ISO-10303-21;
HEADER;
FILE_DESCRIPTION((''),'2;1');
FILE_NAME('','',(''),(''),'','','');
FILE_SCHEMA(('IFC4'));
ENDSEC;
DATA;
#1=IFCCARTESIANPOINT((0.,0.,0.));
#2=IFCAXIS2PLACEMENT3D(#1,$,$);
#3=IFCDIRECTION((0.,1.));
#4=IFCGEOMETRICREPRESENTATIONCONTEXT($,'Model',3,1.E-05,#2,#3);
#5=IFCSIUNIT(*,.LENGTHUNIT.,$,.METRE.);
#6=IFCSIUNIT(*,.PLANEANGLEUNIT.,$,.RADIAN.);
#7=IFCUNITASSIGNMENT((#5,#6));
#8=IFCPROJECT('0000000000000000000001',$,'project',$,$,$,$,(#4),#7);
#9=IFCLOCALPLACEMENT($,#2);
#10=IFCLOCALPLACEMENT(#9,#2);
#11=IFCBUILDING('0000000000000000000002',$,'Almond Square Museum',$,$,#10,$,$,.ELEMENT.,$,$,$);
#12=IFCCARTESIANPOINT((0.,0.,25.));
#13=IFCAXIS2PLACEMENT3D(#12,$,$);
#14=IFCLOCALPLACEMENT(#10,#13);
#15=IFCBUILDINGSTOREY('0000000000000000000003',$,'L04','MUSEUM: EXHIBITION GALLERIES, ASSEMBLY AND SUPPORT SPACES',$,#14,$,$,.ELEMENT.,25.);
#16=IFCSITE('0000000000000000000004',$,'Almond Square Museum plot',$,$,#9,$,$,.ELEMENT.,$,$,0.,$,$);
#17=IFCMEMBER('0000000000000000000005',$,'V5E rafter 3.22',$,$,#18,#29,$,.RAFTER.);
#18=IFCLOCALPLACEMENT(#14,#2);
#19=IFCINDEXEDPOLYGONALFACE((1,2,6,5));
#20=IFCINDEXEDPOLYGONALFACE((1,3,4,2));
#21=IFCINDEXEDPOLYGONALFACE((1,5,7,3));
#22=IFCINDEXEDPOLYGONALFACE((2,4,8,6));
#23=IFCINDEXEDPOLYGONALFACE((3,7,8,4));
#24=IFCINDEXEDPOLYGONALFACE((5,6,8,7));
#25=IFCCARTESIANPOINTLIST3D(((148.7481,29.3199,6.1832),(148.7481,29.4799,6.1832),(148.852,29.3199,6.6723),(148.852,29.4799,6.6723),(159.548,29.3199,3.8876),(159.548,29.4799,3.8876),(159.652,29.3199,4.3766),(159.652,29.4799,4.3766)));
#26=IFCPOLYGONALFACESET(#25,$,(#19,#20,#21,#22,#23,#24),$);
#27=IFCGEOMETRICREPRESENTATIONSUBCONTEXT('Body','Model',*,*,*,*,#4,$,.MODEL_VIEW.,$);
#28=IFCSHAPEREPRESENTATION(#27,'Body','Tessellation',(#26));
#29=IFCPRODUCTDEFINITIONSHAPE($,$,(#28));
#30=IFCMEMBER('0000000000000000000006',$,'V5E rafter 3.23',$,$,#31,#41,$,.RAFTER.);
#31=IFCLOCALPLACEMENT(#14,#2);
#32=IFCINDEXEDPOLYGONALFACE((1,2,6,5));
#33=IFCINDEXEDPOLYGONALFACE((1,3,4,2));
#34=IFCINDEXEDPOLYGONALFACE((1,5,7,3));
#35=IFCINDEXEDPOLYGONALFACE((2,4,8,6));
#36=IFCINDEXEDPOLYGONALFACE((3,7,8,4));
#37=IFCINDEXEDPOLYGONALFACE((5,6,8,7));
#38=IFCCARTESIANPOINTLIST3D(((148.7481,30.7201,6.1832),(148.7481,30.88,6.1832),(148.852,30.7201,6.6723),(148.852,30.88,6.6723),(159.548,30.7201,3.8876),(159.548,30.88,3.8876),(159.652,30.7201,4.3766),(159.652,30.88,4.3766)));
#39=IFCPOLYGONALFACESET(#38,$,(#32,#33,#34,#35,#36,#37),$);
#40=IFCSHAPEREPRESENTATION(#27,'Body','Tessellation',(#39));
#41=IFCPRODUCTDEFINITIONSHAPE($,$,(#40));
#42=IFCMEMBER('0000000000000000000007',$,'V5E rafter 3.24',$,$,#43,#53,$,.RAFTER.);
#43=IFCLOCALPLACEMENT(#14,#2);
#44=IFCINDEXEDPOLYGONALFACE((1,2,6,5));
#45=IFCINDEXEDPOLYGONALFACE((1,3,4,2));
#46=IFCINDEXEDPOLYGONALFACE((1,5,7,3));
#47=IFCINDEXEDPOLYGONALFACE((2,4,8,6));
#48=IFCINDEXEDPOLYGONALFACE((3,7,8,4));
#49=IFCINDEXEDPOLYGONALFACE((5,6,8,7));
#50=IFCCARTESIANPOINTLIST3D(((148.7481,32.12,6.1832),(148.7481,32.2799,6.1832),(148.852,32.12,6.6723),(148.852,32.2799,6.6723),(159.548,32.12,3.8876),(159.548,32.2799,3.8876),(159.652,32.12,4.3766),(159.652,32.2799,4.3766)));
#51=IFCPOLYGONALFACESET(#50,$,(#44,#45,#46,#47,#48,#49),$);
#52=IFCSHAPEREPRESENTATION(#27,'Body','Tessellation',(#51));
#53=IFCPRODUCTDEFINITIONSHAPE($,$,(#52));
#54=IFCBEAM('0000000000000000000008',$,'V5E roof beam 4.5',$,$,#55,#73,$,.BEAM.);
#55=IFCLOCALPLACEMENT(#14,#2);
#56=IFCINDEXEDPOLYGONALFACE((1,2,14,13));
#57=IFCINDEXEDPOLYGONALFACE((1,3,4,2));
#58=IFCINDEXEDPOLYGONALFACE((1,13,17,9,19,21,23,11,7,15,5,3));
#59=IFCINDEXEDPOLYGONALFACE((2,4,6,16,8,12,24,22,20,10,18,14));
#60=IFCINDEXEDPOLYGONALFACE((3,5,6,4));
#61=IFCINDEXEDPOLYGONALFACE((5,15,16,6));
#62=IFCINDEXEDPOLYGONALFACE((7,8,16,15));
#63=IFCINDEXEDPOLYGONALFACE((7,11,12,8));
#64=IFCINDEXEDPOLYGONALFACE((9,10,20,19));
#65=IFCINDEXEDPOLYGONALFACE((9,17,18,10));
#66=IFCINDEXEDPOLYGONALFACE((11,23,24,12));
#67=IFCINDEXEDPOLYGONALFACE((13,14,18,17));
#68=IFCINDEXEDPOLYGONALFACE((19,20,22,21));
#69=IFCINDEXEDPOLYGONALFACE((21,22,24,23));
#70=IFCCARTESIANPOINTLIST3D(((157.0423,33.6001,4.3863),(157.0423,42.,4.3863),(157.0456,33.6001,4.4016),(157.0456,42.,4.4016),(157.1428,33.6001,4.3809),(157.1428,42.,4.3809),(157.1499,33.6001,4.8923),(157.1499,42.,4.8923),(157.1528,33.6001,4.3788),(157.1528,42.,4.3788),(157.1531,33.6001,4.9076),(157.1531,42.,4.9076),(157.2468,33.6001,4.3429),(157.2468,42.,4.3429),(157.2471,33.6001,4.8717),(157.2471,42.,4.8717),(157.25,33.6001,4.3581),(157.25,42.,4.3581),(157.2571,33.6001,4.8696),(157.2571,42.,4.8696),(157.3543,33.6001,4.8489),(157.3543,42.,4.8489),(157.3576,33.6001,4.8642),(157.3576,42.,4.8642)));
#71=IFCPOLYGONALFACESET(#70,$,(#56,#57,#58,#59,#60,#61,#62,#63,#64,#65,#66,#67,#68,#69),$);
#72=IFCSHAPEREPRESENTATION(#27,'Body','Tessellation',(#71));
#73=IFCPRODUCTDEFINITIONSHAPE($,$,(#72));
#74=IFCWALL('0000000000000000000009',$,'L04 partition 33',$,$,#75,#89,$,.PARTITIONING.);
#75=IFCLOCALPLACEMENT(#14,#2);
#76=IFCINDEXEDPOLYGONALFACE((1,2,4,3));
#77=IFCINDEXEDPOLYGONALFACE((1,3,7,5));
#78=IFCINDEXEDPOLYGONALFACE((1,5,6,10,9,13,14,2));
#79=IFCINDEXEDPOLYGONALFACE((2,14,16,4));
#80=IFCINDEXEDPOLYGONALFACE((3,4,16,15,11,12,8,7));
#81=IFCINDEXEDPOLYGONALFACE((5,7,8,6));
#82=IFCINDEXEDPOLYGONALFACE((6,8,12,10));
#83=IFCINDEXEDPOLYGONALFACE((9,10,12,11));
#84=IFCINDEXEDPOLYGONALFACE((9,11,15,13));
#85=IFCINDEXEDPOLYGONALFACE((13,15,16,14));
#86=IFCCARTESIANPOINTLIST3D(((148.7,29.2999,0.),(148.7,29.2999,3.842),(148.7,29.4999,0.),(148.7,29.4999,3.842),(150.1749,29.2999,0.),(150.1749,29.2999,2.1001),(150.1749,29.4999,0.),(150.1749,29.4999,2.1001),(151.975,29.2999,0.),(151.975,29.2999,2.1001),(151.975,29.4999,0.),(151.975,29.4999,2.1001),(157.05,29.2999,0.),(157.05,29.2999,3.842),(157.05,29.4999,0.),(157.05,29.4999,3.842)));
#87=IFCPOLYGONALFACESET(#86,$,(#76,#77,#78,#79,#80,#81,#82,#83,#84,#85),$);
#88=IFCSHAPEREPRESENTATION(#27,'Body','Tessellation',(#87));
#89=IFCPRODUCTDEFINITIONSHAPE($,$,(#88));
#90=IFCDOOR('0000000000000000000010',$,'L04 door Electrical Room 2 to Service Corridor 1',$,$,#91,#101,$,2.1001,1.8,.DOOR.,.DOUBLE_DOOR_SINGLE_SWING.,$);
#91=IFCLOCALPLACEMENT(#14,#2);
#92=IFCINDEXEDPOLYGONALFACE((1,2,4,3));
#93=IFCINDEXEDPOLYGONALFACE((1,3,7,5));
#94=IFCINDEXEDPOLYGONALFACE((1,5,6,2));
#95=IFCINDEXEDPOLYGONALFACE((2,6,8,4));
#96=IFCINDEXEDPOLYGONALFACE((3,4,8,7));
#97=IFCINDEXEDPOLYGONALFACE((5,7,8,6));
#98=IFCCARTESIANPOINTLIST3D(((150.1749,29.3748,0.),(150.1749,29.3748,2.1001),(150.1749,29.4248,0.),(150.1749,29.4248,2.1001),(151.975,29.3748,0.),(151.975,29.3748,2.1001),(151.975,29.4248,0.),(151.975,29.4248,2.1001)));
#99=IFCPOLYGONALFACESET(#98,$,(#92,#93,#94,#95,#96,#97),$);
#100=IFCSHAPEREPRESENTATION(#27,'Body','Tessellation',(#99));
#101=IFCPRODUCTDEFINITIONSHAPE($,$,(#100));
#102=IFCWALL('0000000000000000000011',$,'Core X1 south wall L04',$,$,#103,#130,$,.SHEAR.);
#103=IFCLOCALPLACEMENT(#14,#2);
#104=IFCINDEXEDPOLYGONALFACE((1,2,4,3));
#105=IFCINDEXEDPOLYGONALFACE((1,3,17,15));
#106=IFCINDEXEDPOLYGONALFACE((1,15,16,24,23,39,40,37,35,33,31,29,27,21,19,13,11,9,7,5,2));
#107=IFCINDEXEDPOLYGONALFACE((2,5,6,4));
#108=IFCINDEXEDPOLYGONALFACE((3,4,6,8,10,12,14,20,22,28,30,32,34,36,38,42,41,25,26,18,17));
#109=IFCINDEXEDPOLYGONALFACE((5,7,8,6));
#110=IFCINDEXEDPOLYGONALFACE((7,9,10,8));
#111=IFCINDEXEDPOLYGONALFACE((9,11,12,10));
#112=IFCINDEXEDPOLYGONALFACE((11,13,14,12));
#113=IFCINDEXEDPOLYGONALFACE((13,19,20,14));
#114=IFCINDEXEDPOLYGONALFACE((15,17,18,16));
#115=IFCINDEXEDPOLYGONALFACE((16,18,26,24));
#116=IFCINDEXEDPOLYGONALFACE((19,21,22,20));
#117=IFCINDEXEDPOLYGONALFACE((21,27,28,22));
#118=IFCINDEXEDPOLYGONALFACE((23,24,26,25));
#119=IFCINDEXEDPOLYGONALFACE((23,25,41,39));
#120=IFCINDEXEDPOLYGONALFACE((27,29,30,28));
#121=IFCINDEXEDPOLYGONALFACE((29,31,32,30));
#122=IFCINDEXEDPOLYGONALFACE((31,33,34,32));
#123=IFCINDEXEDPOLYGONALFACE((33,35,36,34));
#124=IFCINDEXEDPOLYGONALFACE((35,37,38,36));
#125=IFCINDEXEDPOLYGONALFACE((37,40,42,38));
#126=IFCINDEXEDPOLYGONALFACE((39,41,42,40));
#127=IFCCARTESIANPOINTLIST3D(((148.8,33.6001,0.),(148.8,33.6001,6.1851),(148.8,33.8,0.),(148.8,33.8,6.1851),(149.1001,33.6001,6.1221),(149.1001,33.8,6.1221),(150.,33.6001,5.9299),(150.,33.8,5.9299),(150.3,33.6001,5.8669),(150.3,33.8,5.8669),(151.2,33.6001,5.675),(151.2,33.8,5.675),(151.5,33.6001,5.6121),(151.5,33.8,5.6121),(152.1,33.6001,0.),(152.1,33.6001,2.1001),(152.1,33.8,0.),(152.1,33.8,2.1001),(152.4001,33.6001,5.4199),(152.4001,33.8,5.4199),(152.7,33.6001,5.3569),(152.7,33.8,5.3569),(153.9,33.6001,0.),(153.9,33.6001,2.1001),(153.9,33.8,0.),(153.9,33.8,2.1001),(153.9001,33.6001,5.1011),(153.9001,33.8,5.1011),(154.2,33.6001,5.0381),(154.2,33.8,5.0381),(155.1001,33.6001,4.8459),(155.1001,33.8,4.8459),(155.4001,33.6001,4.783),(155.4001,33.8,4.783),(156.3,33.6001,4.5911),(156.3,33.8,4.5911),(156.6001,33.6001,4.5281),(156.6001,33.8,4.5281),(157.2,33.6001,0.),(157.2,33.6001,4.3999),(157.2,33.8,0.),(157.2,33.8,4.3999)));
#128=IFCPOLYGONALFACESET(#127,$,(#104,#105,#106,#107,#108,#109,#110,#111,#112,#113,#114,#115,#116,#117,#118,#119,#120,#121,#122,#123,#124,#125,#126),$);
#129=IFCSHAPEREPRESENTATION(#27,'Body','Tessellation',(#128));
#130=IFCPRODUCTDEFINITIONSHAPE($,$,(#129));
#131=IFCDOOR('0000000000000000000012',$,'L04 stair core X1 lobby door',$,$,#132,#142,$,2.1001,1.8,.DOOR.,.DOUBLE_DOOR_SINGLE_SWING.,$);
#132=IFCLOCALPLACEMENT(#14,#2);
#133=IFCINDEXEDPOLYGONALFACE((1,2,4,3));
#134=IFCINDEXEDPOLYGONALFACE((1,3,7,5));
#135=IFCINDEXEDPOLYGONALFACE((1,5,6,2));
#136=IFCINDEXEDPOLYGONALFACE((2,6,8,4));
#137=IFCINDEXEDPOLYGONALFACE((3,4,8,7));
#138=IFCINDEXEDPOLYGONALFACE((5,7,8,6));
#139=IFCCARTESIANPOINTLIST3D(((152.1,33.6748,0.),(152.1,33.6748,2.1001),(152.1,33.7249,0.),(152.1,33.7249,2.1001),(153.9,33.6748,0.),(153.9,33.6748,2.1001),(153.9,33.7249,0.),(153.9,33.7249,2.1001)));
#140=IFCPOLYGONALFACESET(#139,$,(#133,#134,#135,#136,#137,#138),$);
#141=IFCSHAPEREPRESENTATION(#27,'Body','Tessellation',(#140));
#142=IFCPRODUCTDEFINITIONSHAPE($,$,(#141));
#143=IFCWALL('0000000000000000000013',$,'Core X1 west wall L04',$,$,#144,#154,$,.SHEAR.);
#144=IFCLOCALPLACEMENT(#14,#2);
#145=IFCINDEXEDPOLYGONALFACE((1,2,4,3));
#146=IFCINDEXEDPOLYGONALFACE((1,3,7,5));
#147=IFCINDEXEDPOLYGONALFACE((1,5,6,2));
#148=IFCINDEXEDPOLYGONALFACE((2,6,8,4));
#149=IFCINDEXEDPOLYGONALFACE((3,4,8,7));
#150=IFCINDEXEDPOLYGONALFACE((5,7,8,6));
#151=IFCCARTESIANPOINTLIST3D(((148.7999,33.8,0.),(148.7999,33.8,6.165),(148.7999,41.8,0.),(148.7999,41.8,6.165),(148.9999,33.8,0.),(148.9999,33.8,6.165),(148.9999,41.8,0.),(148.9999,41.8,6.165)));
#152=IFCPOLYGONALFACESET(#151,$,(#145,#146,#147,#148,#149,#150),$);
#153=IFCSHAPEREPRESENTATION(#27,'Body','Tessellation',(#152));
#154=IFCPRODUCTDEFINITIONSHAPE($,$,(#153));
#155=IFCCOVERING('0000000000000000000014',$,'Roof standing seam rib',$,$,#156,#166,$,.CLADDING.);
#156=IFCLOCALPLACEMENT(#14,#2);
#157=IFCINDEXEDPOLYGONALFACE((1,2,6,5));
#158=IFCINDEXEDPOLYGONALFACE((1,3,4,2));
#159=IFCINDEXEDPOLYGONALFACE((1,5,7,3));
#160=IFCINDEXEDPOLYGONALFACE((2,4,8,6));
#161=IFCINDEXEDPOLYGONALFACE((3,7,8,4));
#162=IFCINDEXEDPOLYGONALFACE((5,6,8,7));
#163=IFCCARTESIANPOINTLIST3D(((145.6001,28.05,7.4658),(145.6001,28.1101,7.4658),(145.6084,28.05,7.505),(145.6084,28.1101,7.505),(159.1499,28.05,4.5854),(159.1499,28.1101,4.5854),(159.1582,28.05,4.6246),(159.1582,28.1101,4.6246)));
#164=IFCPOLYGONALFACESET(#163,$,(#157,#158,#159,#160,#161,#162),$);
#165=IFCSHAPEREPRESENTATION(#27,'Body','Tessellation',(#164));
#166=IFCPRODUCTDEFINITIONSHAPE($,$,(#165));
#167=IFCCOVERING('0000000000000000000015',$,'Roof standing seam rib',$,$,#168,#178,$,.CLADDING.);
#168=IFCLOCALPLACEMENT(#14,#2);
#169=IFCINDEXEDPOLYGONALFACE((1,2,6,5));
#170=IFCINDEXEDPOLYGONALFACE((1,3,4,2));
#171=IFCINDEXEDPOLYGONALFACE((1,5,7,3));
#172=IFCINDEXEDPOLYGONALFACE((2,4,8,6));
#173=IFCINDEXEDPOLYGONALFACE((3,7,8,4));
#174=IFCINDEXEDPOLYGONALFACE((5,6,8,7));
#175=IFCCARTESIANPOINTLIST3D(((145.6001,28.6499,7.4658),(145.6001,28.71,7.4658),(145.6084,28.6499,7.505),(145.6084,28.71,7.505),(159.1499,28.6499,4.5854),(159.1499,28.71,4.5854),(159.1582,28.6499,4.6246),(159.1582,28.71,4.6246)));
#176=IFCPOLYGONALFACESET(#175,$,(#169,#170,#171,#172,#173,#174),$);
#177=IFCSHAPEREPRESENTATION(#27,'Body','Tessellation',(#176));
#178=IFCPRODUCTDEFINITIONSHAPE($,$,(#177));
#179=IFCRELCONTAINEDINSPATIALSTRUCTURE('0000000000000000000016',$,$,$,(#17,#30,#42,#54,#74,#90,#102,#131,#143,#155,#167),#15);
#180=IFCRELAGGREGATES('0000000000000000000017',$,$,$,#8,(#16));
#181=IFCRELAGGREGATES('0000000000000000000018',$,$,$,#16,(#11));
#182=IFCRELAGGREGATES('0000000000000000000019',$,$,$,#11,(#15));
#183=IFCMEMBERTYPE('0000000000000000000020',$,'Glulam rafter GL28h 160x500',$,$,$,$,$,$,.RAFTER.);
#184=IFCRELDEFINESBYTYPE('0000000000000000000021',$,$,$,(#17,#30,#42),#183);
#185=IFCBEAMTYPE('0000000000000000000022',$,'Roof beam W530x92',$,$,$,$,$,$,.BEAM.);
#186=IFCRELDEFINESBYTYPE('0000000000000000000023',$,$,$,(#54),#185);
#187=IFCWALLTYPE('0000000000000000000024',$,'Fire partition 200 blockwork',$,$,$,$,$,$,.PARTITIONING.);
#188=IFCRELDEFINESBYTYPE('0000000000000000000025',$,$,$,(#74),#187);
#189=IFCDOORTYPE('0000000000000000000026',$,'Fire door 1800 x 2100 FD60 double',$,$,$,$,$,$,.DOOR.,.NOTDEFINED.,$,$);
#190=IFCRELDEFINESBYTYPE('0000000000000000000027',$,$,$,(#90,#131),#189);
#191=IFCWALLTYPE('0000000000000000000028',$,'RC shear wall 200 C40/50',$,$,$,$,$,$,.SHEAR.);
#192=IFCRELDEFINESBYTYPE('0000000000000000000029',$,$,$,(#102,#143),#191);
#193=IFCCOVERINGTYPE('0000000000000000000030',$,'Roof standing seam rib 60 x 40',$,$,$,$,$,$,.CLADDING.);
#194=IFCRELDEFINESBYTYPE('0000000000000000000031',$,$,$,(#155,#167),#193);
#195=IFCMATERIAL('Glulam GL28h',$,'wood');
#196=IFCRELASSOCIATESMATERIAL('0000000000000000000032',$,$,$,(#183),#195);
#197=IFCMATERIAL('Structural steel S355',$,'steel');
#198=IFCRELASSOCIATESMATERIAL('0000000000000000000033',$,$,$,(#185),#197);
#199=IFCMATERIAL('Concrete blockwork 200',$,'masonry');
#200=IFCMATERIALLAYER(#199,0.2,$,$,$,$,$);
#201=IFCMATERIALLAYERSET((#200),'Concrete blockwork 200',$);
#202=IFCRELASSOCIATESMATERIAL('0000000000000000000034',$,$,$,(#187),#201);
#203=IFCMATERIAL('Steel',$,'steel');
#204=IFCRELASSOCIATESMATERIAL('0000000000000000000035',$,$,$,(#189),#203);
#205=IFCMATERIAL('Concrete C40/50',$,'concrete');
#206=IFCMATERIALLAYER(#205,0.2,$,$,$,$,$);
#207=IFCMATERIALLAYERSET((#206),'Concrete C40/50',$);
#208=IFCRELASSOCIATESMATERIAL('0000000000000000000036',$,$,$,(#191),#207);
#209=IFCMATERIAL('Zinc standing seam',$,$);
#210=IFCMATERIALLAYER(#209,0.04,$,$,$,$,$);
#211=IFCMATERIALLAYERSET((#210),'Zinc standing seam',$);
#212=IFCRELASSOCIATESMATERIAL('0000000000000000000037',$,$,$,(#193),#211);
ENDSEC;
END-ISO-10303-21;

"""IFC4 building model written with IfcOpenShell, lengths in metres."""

from ifc_helpers import new_model, si_unit, direction, frame, frame_2d, origin, origin_2d, place, context, subcontext, project, spatial, polyline, rectangle, i_section, outline, extrude, material, layer, layer_set, material_profile, profile_set, type_object, element, fill, save


model = new_model("IFC4")

# Units and contexts
model_context = context("Model", 3, precision=1e-05, world=origin(), true_north=direction((0.0, 1.0)))
body_context = subcontext(model_context, "Body", "Model", "MODEL_VIEW")
ifc_project = project(units=[si_unit("LENGTHUNIT", "METRE"), si_unit("PLANEANGLEUNIT", "RADIAN")], contexts=[model_context])

# Site, building, storey
site_placement = place(None, origin())
site = spatial("IfcSite", under=ifc_project, at=site_placement, Name="Almond Square Museum plot", CompositionType="ELEMENT", RefElevation=0.0)
building_placement = place(site_placement, origin())
building = spatial("IfcBuilding", under=site, at=building_placement, Name="Almond Square Museum", CompositionType="ELEMENT")
storey_placement = place(building_placement, frame((0.0, 0.0, 25.0)))
storey = spatial("IfcBuildingStorey", under=building, at=storey_placement, Name="L04", Description="MUSEUM: EXHIBITION GALLERIES, ASSEMBLY AND SUPPORT SPACES", CompositionType="ELEMENT", Elevation=25.0)

# Members
ifc_material_1 = material(Name="Glulam GL28h", Category="wood")
ifc_material_profile_1 = material_profile(ifc_material_1, rectangle(XDim=0.1599, YDim=0.5, at=origin_2d()))
ifc_profile_set_1 = profile_set([ifc_material_profile_1], Name="Glulam GL28h")
member_type = type_object("IfcMemberType", Name="Glulam rafter GL28h 160x500", PredefinedType="RAFTER", material=ifc_profile_set_1)
for number, where, z_axis, x_axis, name in (
    (1, (148.8, 29.3999, 6.4277), (0.978147, 0.0, -0.207915), (0.0, 1.0, 0.0), "V5E rafter 3.22"),
    (2, (148.8, 30.8, 6.4277), (0.978147, 0.0, -0.207915), (0.0, 1.0, 0.0), "V5E rafter 3.23"),
    (3, (148.8, 32.2, 6.4277), (0.978147, 0.0, -0.207915), (0.0, 1.0, 0.0), "V5E rafter 3.24"),
):
    element("IfcMember", number, at=place(storey_placement, frame(where, z_axis=z_axis, x_axis=x_axis)), inside=storey, type_object=member_type, Name=name, PredefinedType="RAFTER", context=body_context, shape_type="SweptSolid", body=[
        extrude(rectangle(XDim=0.1599, YDim=0.5, at=origin_2d()), origin(), (0.0, 0.0, 1.0), 11.0413),
    ])

# Beam
ifc_material_2 = material(Name="Structural steel S355", Category="steel")
ifc_material_profile_2 = material_profile(ifc_material_2, i_section(OverallWidth=0.209, OverallDepth=0.533, WebThickness=0.0103, FlangeThickness=0.0156, at=origin_2d()))
ifc_profile_set_2 = profile_set([ifc_material_profile_2], Name="Structural steel S355")
beam_type = type_object("IfcBeamType", Name="Roof beam W530x92", PredefinedType="BEAM", material=ifc_profile_set_2)
beam_placement = place(storey_placement, frame((157.2, 33.6001, 4.6252), z_axis=(0.0, 1.0, 0.0), x_axis=(-0.978148, 0.0, 0.207912)))
element("IfcBeam", 4, at=beam_placement, inside=storey, type_object=beam_type, Name="V5E roof beam 4.5", PredefinedType="BEAM", context=body_context, shape_type="SweptSolid", body=[
    extrude(i_section(OverallWidth=0.209, OverallDepth=0.533, WebThickness=0.0103, FlangeThickness=0.0156, at=origin_2d()), origin(), (0.0, 0.0, 1.0), 8.3999),
])

# Walls, openings, doors
ifc_material_3 = material(Name="Concrete blockwork 200", Category="masonry")
ifc_layer_1 = layer(ifc_material_3, 0.2)
ifc_layer_set_1 = layer_set([ifc_layer_1], Name="Concrete blockwork 200")
wall_type_1 = type_object("IfcWallType", Name="Fire partition 200 blockwork", PredefinedType="PARTITIONING", material=ifc_layer_set_1)
wall_1_placement = place(storey_placement, frame((148.7, 29.3999, 0.0), z_axis=(0.0, 0.0, 1.0), x_axis=(1.0, 0.0, 0.0)))
wall_1 = element("IfcWall", 5, at=wall_1_placement, inside=storey, type_object=wall_type_1, Name="L04 partition 33", PredefinedType="PARTITIONING", context=body_context, shape_type="SweptSolid", body=[
    extrude(rectangle(XDim=8.3501, YDim=0.2, at=frame_2d((4.175, 0.0))), origin(), (0.0, 0.0, 1.0), 3.842),
])
opening_1_placement = place(wall_1_placement, frame((1.4751, 0.0, 0.0)))
opening_1 = element("IfcOpeningElement", 6, at=opening_1_placement, cuts=wall_1, PredefinedType="OPENING", context=body_context, shape_type="SweptSolid", body=[
    extrude(rectangle(XDim=1.8, YDim=2.1001, at=frame_2d((0.8999, 1.05))), frame((0.0, 0.1099, 0.0), z_axis=(0.0, -1.0, 0.0), x_axis=(1.0, 0.0, 0.0)), (0.0, 0.0, 1.0), 0.22),
])
ifc_material_4 = material(Name="Steel", Category="steel")
door_type = type_object("IfcDoorType", Name="Fire door 1800 x 2100 FD60 double", OperationType="NOTDEFINED", PredefinedType="DOOR", material=ifc_material_4)
door_1_placement = place(opening_1_placement, origin())
door_1 = element("IfcDoor", 7, at=door_1_placement, inside=storey, type_object=door_type, Name="L04 door Electrical Room 2 to Service Corridor 1", OperationType="DOUBLE_DOOR_SINGLE_SWING", OverallHeight=2.1001, OverallWidth=1.8, PredefinedType="DOOR", context=body_context, shape_type="SweptSolid", body=[
    extrude(rectangle(XDim=1.8, YDim=2.1001, at=frame_2d((0.8999, 1.05))), frame((0.0, 0.0249, 0.0), z_axis=(0.0, -1.0, 0.0), x_axis=(1.0, 0.0, 0.0)), (0.0, 0.0, 1.0), 0.05),
])
fill(opening_1, door_1)
ifc_material_5 = material(Name="Concrete C40/50", Category="concrete")
ifc_layer_2 = layer(ifc_material_5, 0.2)
ifc_layer_set_2 = layer_set([ifc_layer_2], Name="Concrete C40/50")
wall_type_2 = type_object("IfcWallType", Name="RC shear wall 200 C40/50", PredefinedType="SHEAR", material=ifc_layer_set_2)
wall_2_placement = place(storey_placement, frame((148.8, 33.7, 0.0), z_axis=(0.0, 0.0, 1.0), x_axis=(1.0, 0.0, 0.0)))
wall_2 = element("IfcWall", 8, at=wall_2_placement, inside=storey, type_object=wall_type_2, Name="Core X1 south wall L04", PredefinedType="SHEAR", context=body_context, shape_type="SweptSolid", body=[
    extrude(outline(polyline([(0.0, 0.0), (8.3999, 0.0), (8.3999, 4.3999), (7.8, 4.5281), (7.5, 4.5911), (6.6001, 4.783), (6.3, 4.8459), (5.3999, 5.0381), (5.1001, 5.1011), (3.8999, 5.3569), (3.6001, 5.4199), (2.7, 5.6121), (2.3999, 5.675), (1.5, 5.8669), (1.2, 5.9299), (0.3, 6.1221), (0.0, 6.1851), (0.0, 0.0)])), frame((0.0, 0.1001, 0.0), z_axis=(0.0, -1.0, 0.0), x_axis=(1.0, 0.0, 0.0)), (0.0, 0.0, 1.0), 0.2),
])
opening_2_placement = place(wall_2_placement, frame((3.3, 0.0, 0.0)))
opening_2 = element("IfcOpeningElement", 9, at=opening_2_placement, cuts=wall_2, PredefinedType="OPENING", context=body_context, shape_type="SweptSolid", body=[
    extrude(rectangle(XDim=1.8, YDim=2.1001, at=frame_2d((0.8999, 1.05))), frame((0.0, 0.1099, 0.0), z_axis=(0.0, -1.0, 0.0), x_axis=(1.0, 0.0, 0.0)), (0.0, 0.0, 1.0), 0.22),
])
door_2_placement = place(opening_2_placement, origin())
door_2 = element("IfcDoor", 10, at=door_2_placement, inside=storey, type_object=door_type, Name="L04 stair core X1 lobby door", OperationType="DOUBLE_DOOR_SINGLE_SWING", OverallHeight=2.1001, OverallWidth=1.8, PredefinedType="DOOR", context=body_context, shape_type="SweptSolid", body=[
    extrude(rectangle(XDim=1.8, YDim=2.1001, at=frame_2d((0.8999, 1.05))), frame((0.0, 0.0249, 0.0), z_axis=(0.0, -1.0, 0.0), x_axis=(1.0, 0.0, 0.0)), (0.0, 0.0, 1.0), 0.05),
])
fill(opening_2, door_2)

# Wall
wall_3_placement = place(storey_placement, frame((148.8999, 33.8, 0.0), z_axis=(0.0, 0.0, 1.0), x_axis=(0.0, 1.0, 0.0)))
element("IfcWall", 11, at=wall_3_placement, inside=storey, type_object=wall_type_2, Name="Core X1 west wall L04", PredefinedType="SHEAR", context=body_context, shape_type="SweptSolid", body=[
    extrude(rectangle(XDim=8.0, YDim=0.2, at=frame_2d((4.0, 0.0))), origin(), (0.0, 0.0, 1.0), 6.165),
])

# Coverings
ifc_material_6 = material(Name="Zinc standing seam")
ifc_layer_3 = layer(ifc_material_6, 0.04)
ifc_layer_set_3 = layer_set([ifc_layer_3], Name="Zinc standing seam")
covering_type = type_object("IfcCoveringType", Name="Roof standing seam rib 60 x 40", PredefinedType="CLADDING", material=ifc_layer_set_3)
for number, where, z_axis, x_axis, name in (
    (12, (159.1499, 28.05, 4.5854), (0.20793, 0.0, 0.978144), (0.0, 1.0, 0.0), "Roof standing seam rib"),
    (13, (159.1499, 28.6499, 4.5854), (0.20793, 0.0, 0.978144), (0.0, 1.0, 0.0), "Roof standing seam rib"),
):
    element("IfcCovering", number, at=place(storey_placement, frame(where, z_axis=z_axis, x_axis=x_axis)), inside=storey, type_object=covering_type, Name=name, PredefinedType="CLADDING", context=body_context, shape_type="SweptSolid", body=[
        extrude(outline(polyline([(0.0, 0.0), (0.0601, 0.0), (0.0601, 13.8526), (0.0, 13.8526), (0.0, 0.0)])), origin(), (0.0, 0.0, 1.0), 0.04),
    ])

save(model, "model.ifc")
